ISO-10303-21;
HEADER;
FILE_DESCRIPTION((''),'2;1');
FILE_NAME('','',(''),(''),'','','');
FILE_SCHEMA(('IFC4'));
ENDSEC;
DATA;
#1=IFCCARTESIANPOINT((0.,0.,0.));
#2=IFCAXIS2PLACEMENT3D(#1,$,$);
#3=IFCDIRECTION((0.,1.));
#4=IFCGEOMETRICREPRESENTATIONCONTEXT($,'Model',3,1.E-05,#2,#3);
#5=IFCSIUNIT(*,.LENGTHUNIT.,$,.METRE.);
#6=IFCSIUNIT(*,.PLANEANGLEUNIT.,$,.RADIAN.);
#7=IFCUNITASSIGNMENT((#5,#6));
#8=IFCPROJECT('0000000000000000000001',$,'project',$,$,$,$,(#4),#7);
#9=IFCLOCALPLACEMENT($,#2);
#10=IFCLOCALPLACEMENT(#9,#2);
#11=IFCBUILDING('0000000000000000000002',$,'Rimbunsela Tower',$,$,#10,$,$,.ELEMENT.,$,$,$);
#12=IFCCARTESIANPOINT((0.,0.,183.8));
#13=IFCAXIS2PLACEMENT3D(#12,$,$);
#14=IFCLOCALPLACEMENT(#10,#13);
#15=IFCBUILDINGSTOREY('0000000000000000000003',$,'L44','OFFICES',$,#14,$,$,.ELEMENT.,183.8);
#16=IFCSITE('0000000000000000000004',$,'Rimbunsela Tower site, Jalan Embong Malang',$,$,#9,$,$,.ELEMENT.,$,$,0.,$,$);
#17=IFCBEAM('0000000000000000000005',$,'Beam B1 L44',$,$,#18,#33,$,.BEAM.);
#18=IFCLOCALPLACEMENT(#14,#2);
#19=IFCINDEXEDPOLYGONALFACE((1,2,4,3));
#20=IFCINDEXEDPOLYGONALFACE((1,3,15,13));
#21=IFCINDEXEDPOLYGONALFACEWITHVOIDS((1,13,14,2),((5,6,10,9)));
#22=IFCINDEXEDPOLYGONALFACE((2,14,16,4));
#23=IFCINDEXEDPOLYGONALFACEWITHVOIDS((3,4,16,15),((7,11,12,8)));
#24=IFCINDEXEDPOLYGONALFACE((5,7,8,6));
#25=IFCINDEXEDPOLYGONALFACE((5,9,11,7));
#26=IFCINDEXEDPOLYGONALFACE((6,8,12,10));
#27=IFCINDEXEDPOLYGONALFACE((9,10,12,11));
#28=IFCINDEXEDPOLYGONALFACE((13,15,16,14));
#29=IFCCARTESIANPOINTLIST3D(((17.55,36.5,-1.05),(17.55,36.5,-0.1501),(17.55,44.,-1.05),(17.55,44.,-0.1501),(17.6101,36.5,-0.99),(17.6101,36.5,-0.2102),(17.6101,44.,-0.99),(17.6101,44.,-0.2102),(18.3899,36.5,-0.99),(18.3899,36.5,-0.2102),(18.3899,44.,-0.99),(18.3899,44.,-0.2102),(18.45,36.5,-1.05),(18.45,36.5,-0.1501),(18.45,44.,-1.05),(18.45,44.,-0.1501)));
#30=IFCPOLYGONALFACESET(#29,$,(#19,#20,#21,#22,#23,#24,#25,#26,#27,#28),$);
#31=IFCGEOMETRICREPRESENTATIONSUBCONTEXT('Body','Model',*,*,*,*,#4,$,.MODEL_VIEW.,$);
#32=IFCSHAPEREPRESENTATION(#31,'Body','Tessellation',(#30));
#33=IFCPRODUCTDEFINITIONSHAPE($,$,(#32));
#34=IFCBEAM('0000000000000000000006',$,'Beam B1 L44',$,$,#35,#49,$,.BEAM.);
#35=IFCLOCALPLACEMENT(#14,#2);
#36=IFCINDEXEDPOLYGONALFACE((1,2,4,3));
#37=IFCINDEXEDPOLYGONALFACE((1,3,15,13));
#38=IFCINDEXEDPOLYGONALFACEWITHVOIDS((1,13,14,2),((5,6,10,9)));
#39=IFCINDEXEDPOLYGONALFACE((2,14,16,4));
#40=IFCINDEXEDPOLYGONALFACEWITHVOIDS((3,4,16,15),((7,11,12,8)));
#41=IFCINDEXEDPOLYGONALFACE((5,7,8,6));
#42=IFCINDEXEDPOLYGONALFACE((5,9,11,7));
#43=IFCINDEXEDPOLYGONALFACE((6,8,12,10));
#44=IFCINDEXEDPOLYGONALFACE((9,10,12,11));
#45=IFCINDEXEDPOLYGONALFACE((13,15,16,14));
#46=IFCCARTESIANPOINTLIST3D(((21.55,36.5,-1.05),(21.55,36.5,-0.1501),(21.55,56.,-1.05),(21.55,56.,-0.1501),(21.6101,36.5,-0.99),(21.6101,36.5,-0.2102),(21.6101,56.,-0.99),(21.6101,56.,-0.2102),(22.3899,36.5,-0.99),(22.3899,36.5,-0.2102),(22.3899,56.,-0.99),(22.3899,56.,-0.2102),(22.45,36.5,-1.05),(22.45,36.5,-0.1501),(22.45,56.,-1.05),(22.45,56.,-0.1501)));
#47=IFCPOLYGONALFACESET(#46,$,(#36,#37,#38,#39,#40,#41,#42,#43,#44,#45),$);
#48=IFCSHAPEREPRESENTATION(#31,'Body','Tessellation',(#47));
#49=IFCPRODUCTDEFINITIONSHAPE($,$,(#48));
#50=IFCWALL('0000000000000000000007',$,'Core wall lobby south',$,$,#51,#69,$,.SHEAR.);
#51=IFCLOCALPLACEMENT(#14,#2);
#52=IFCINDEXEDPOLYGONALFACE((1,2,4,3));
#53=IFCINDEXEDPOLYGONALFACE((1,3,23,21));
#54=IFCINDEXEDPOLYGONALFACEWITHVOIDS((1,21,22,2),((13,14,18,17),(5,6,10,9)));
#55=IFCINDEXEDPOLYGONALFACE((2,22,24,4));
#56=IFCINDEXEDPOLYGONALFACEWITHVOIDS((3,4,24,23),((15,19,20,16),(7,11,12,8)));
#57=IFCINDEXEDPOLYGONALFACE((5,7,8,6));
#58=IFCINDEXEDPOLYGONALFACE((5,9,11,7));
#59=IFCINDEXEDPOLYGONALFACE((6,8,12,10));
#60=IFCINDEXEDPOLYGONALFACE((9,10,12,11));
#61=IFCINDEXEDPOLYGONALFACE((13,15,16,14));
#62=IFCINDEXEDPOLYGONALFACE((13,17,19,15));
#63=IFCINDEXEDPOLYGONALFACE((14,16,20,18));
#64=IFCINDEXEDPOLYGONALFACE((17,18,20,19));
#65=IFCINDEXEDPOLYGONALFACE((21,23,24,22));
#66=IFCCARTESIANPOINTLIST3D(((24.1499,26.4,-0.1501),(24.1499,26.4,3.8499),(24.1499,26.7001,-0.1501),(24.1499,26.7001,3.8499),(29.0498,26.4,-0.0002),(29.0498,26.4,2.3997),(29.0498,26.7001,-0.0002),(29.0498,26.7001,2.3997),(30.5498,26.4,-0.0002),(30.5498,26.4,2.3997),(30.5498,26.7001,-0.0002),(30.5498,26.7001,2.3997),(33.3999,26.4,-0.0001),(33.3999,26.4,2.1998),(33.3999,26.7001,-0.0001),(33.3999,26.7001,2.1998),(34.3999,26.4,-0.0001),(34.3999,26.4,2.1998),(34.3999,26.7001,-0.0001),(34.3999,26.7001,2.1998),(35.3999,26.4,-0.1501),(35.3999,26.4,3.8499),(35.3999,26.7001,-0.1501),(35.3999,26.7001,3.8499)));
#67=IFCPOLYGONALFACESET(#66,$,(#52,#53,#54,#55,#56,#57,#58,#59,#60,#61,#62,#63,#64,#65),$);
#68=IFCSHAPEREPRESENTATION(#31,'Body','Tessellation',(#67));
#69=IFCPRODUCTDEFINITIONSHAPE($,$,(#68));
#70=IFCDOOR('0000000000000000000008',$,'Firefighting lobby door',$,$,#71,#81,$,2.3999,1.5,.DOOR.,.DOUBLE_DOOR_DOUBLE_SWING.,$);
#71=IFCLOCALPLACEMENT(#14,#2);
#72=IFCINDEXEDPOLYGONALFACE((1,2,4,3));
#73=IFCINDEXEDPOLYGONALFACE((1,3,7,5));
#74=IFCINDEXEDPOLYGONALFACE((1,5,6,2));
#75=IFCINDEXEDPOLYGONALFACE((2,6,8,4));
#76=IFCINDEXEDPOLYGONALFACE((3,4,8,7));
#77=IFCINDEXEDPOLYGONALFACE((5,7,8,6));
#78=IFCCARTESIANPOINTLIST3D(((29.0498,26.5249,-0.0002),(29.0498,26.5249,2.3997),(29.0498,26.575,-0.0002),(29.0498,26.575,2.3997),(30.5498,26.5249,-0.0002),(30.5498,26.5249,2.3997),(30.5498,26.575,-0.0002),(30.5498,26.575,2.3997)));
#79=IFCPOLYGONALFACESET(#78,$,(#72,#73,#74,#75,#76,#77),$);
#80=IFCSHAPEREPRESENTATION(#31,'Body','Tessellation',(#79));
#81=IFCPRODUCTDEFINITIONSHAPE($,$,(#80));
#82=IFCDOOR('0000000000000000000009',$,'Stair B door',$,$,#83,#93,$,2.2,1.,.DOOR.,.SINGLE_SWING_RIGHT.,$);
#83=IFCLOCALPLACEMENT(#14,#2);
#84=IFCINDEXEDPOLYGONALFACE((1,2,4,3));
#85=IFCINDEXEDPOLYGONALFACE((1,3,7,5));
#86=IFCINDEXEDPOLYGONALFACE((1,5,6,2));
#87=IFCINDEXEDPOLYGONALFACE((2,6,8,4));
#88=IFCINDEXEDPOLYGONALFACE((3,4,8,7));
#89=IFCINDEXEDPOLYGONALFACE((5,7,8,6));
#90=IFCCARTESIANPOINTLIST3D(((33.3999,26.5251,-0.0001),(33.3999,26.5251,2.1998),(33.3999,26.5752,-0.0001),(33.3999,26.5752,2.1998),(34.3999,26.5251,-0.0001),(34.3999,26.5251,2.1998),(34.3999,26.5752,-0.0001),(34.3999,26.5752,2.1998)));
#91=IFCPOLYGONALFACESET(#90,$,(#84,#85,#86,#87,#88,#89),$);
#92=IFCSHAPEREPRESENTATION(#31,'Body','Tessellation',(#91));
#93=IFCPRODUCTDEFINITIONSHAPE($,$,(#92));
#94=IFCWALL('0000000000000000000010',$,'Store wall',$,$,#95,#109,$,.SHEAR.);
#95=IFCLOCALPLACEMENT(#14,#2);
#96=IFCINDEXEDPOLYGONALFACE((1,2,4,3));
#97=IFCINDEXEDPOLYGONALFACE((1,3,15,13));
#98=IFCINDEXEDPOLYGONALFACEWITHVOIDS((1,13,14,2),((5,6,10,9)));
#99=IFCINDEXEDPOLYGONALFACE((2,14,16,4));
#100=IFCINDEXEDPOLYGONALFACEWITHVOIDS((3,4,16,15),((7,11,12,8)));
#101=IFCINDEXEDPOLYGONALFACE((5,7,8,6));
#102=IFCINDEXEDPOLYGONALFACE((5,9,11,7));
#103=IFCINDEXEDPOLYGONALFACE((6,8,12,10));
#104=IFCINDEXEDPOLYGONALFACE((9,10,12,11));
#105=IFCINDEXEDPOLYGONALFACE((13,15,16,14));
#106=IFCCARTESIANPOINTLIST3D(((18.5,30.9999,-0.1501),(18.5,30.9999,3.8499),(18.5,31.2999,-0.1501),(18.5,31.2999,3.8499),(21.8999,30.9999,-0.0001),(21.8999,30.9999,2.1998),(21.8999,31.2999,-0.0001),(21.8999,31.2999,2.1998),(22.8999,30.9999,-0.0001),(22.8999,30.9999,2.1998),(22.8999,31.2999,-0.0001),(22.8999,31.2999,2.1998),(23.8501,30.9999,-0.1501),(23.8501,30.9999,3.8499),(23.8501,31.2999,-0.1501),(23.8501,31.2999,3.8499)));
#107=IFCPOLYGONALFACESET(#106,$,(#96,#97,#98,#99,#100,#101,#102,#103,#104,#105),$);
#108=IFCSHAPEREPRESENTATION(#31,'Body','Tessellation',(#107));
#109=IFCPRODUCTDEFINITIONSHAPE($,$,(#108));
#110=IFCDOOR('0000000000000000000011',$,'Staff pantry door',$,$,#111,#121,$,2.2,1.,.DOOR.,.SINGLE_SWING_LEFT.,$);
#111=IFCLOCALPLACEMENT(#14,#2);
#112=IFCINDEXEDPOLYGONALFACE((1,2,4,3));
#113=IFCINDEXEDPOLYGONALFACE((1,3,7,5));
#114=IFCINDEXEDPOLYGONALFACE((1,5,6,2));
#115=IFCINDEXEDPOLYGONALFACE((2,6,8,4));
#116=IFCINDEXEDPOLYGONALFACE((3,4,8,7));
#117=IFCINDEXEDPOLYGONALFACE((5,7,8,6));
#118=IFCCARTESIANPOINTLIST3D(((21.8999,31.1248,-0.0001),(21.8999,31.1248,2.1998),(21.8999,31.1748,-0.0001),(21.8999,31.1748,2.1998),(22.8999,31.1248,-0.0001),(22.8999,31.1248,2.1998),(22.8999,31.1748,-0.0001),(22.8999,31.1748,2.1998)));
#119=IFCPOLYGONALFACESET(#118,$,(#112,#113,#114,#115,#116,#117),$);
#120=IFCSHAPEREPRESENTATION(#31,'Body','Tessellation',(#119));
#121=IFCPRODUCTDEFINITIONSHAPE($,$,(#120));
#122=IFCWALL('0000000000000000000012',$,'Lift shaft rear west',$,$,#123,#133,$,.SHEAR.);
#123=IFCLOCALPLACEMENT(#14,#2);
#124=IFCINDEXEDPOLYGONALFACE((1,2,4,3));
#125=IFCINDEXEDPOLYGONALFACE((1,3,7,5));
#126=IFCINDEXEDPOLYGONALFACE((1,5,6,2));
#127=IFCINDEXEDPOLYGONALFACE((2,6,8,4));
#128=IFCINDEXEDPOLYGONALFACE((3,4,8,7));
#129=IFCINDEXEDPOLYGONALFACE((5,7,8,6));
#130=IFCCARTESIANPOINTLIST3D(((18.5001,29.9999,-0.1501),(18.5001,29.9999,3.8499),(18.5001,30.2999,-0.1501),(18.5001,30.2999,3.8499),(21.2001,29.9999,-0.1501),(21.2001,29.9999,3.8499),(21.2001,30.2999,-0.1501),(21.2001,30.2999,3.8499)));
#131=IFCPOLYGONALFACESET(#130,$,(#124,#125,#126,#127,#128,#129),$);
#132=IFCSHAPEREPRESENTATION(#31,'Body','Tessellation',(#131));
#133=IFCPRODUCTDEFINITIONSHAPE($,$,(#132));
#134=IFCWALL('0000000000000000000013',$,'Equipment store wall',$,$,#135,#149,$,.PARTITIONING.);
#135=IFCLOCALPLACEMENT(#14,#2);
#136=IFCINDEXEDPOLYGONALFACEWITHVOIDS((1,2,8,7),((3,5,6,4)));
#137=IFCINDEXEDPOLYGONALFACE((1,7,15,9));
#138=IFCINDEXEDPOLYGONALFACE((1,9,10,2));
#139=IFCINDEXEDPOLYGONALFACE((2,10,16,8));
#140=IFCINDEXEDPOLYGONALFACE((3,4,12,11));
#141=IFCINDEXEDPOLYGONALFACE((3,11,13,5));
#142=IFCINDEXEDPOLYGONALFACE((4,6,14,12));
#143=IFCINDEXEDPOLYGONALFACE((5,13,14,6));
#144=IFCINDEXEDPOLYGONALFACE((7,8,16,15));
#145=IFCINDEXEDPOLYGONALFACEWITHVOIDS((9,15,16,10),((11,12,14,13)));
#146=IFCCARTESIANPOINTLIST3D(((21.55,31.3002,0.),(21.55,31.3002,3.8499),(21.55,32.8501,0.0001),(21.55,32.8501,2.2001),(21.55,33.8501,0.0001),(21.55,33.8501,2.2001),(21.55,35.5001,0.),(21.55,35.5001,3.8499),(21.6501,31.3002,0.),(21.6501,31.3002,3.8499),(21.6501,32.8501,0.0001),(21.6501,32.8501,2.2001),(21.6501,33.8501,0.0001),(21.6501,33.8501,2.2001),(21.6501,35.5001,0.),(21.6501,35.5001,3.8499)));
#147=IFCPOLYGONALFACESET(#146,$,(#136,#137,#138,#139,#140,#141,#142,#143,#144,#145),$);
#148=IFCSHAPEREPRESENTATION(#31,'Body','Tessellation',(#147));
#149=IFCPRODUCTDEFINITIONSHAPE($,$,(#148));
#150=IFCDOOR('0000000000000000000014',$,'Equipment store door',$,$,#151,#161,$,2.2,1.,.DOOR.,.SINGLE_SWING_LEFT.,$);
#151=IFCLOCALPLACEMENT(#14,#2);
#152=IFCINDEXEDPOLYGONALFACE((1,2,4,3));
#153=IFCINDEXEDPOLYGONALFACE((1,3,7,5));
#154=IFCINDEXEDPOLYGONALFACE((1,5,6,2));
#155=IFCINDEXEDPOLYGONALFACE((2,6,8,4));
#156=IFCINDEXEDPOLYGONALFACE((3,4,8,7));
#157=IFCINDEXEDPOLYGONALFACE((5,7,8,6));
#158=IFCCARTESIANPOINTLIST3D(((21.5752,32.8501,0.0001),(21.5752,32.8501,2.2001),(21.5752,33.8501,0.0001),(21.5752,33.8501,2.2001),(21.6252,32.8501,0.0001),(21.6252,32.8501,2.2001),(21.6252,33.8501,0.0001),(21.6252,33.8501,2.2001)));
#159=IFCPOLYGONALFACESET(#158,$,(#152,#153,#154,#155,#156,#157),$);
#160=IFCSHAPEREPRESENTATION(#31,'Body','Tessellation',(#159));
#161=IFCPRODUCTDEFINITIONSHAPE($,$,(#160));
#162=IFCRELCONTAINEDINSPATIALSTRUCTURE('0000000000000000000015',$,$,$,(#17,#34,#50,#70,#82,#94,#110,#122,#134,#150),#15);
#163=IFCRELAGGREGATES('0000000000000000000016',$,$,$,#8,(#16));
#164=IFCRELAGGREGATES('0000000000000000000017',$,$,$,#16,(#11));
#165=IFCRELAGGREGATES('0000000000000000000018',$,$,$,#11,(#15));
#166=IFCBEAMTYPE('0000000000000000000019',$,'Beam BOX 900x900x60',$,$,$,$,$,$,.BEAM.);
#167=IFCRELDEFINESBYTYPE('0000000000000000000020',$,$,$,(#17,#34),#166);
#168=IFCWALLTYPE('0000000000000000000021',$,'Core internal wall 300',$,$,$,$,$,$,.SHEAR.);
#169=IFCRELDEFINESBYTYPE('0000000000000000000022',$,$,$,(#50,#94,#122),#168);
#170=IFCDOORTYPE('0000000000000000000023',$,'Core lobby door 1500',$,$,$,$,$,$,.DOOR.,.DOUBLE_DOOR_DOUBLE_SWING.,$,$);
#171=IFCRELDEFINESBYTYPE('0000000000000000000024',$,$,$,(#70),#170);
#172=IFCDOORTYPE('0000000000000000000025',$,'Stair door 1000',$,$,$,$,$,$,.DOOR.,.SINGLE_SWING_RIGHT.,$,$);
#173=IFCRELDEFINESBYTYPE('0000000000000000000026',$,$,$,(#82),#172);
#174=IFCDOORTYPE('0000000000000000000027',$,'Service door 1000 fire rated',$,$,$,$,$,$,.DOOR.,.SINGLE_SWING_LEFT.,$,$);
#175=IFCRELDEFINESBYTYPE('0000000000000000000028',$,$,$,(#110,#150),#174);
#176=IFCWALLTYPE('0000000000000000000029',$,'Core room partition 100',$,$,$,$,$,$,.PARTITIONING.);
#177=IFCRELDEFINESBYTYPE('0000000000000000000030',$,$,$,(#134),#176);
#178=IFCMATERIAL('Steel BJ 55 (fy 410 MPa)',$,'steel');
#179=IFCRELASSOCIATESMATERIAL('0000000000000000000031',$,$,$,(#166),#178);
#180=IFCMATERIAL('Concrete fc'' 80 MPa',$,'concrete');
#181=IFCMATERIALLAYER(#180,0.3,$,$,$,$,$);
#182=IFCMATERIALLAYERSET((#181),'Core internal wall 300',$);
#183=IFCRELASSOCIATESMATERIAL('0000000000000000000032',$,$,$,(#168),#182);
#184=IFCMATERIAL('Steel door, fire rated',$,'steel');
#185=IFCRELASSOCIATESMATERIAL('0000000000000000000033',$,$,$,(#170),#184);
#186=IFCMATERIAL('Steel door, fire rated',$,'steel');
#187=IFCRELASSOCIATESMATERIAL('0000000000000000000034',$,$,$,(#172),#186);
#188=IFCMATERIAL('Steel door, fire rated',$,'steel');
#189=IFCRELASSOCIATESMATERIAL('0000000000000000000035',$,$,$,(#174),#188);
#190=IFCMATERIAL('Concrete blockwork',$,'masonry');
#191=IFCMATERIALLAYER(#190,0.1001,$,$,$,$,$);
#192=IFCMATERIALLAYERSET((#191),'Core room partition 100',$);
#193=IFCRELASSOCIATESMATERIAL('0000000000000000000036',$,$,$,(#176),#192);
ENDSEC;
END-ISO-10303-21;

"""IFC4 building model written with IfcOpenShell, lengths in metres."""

from ifc_helpers import new_model, si_unit, direction, frame, frame_2d, origin, origin_2d, place, context, subcontext, project, spatial, rectangle, hollow_rectangle, extrude, material, layer, layer_set, material_profile, profile_set, type_object, element, fill, save


model = new_model("IFC4")

# Units and contexts
model_context = context("Model", 3, precision=1e-05, world=origin(), true_north=direction((0.0, 1.0)))
body_context = subcontext(model_context, "Body", "Model", "MODEL_VIEW")
ifc_project = project(units=[si_unit("LENGTHUNIT", "METRE"), si_unit("PLANEANGLEUNIT", "RADIAN")], contexts=[model_context])

# Site, building, storey
site_placement = place(None, origin())
site = spatial("IfcSite", under=ifc_project, at=site_placement, Name="Rimbunsela Tower site, Jalan Embong Malang", CompositionType="ELEMENT", RefElevation=0.0)
building_placement = place(site_placement, origin())
building = spatial("IfcBuilding", under=site, at=building_placement, Name="Rimbunsela Tower", CompositionType="ELEMENT")
storey_placement = place(building_placement, frame((0.0, 0.0, 183.8)))
storey = spatial("IfcBuildingStorey", under=building, at=storey_placement, Name="L44", Description="OFFICES", CompositionType="ELEMENT", Elevation=183.8)

# Beams
ifc_material_1 = material(Name="Steel BJ 55 (fy 410 MPa)", Category="steel")
ifc_material_profile = material_profile(ifc_material_1, hollow_rectangle(XDim=0.8999, YDim=0.8999, WallThickness=0.0601, at=origin_2d()), Name="BOX 900x900x60")
ifc_profile_set = profile_set([ifc_material_profile], Name="Steel BJ 55 (fy 410 MPa)")
beam_type = type_object("IfcBeamType", Name="Beam BOX 900x900x60", PredefinedType="BEAM", material=ifc_profile_set)
beam_1_placement = place(storey_placement, frame((18.0, 36.5, -0.6001), z_axis=(0.0, 1.0, 0.0), x_axis=(-1.0, 0.0, 0.0)))
element("IfcBeam", 1, at=beam_1_placement, inside=storey, type_object=beam_type, Name="Beam B1 L44", PredefinedType="BEAM", context=body_context, shape_type="SweptSolid", body=[
    extrude(hollow_rectangle(XDim=0.8999, YDim=0.8999, WallThickness=0.0601, at=origin_2d()), origin(), (0.0, 0.0, 1.0), 7.5),
])
beam_2_placement = place(storey_placement, frame((22.0, 36.5, -0.6001), z_axis=(0.0, 1.0, 0.0), x_axis=(-1.0, 0.0, 0.0)))
element("IfcBeam", 2, at=beam_2_placement, inside=storey, type_object=beam_type, Name="Beam B1 L44", PredefinedType="BEAM", context=body_context, shape_type="SweptSolid", body=[
    extrude(hollow_rectangle(XDim=0.8999, YDim=0.8999, WallThickness=0.0601, at=origin_2d()), origin(), (0.0, 0.0, 1.0), 19.5),
])

# Wall, openings, doors
ifc_material_2 = material(Name="Concrete fc' 80 MPa", Category="concrete")
ifc_layer_1 = layer(ifc_material_2, 0.3)
ifc_layer_set_1 = layer_set([ifc_layer_1], Name="Core internal wall 300")
wall_type_1 = type_object("IfcWallType", Name="Core internal wall 300", PredefinedType="SHEAR", material=ifc_layer_set_1)
wall_1_placement = place(storey_placement, frame((24.1499, 26.55, -0.1501), z_axis=(0.0, 0.0, 1.0), x_axis=(1.0, 0.0, 0.0)))
wall_1 = element("IfcWall", 3, at=wall_1_placement, inside=storey, type_object=wall_type_1, Name="Core wall lobby south", PredefinedType="SHEAR", context=body_context, shape_type="SweptSolid", body=[
    extrude(rectangle(XDim=11.25, YDim=0.3, at=frame_2d((5.625, 0.0))), origin(), (0.0, 0.0, 1.0), 4.0),
])
opening_1_placement = place(wall_1_placement, frame((9.25, 0.0, 0.1499)))
opening_1 = element("IfcOpeningElement", 4, at=opening_1_placement, cuts=wall_1, PredefinedType="OPENING", context=body_context, shape_type="SweptSolid", body=[
    extrude(rectangle(XDim=1.0, YDim=2.2, at=frame_2d((0.5, 1.1001))), frame((0.0, 0.1599, 0.0), z_axis=(0.0, -1.0, 0.0), x_axis=(1.0, 0.0, 0.0)), (0.0, 0.0, 1.0), 0.3201),
])
opening_2_placement = place(wall_1_placement, frame((4.8999, 0.0, 0.1499)))
opening_2 = element("IfcOpeningElement", 5, at=opening_2_placement, cuts=wall_1, PredefinedType="OPENING", context=body_context, shape_type="SweptSolid", body=[
    extrude(rectangle(XDim=1.5, YDim=2.3999, at=frame_2d((0.75, 1.2))), frame((0.0, 0.1599, 0.0), z_axis=(0.0, -1.0, 0.0), x_axis=(1.0, 0.0, 0.0)), (0.0, 0.0, 1.0), 0.3201),
])
ifc_material_3 = material(Name="Steel door, fire rated", Category="steel")
door_type_1 = type_object("IfcDoorType", Name="Core lobby door 1500", OperationType="DOUBLE_DOOR_DOUBLE_SWING", PredefinedType="DOOR", material=ifc_material_3)
door_1_placement = place(opening_2_placement, origin())
door_1 = element("IfcDoor", 6, at=door_1_placement, inside=storey, type_object=door_type_1, Name="Firefighting lobby door", OperationType="DOUBLE_DOOR_DOUBLE_SWING", OverallHeight=2.3999, OverallWidth=1.5, PredefinedType="DOOR", context=body_context, shape_type="SweptSolid", body=[
    extrude(rectangle(XDim=1.5, YDim=2.3999, at=frame_2d((0.75, 1.2))), frame((0.0, 0.0249, 0.0), z_axis=(0.0, -1.0, 0.0), x_axis=(1.0, 0.0, 0.0)), (0.0, 0.0, 1.0), 0.05),
])
fill(opening_2, door_1)
ifc_material_4 = material(Name="Steel door, fire rated", Category="steel")
door_type_2 = type_object("IfcDoorType", Name="Stair door 1000", OperationType="SINGLE_SWING_RIGHT", PredefinedType="DOOR", material=ifc_material_4)
door_2_placement = place(opening_1_placement, frame((1.0, 0.0, 0.0), z_axis=(0.0, 0.0, 1.0), x_axis=(-1.0, 0.0, 0.0)))
door_2 = element("IfcDoor", 7, at=door_2_placement, inside=storey, type_object=door_type_2, Name="Stair B door", OperationType="SINGLE_SWING_RIGHT", OverallHeight=2.2, OverallWidth=1.0, PredefinedType="DOOR", context=body_context, shape_type="SweptSolid", body=[
    extrude(rectangle(XDim=1.0, YDim=2.2, at=frame_2d((0.5, 1.1001))), frame((0.0, 0.0249, 0.0), z_axis=(0.0, -1.0, 0.0), x_axis=(1.0, 0.0, 0.0)), (0.0, 0.0, 1.0), 0.05),
])
fill(opening_1, door_2)

# Wall, opening, door
wall_2_placement = place(storey_placement, frame((18.5, 31.1499, -0.1501), z_axis=(0.0, 0.0, 1.0), x_axis=(1.0, 0.0, 0.0)))
wall_2 = element("IfcWall", 8, at=wall_2_placement, inside=storey, type_object=wall_type_1, Name="Store wall", PredefinedType="SHEAR", context=body_context, shape_type="SweptSolid", body=[
    extrude(rectangle(XDim=5.3501, YDim=0.3, at=frame_2d((2.675, 0.0))), origin(), (0.0, 0.0, 1.0), 4.0),
])
opening_3_placement = place(wall_2_placement, frame((3.3999, 0.0, 0.1499)))
opening_3 = element("IfcOpeningElement", 9, at=opening_3_placement, cuts=wall_2, PredefinedType="OPENING", context=body_context, shape_type="SweptSolid", body=[
    extrude(rectangle(XDim=1.0, YDim=2.2, at=frame_2d((0.5, 1.1001))), frame((0.0, 0.1599, 0.0), z_axis=(0.0, -1.0, 0.0), x_axis=(1.0, 0.0, 0.0)), (0.0, 0.0, 1.0), 0.3201),
])
ifc_material_5 = material(Name="Steel door, fire rated", Category="steel")
door_type_3 = type_object("IfcDoorType", Name="Service door 1000 fire rated", OperationType="SINGLE_SWING_LEFT", PredefinedType="DOOR", material=ifc_material_5)
door_3_placement = place(opening_3_placement, origin())
door_3 = element("IfcDoor", 10, at=door_3_placement, inside=storey, type_object=door_type_3, Name="Staff pantry door", OperationType="SINGLE_SWING_LEFT", OverallHeight=2.2, OverallWidth=1.0, PredefinedType="DOOR", context=body_context, shape_type="SweptSolid", body=[
    extrude(rectangle(XDim=1.0, YDim=2.2, at=frame_2d((0.5, 1.1001))), frame((0.0, 0.0249, 0.0), z_axis=(0.0, -1.0, 0.0), x_axis=(1.0, 0.0, 0.0)), (0.0, 0.0, 1.0), 0.05),
])
fill(opening_3, door_3)

# Wall
wall_3_placement = place(storey_placement, frame((18.5, 30.1499, -0.1501), z_axis=(0.0, 0.0, 1.0), x_axis=(1.0, 0.0, 0.0)))
element("IfcWall", 11, at=wall_3_placement, inside=storey, type_object=wall_type_1, Name="Lift shaft rear west", PredefinedType="SHEAR", context=body_context, shape_type="SweptSolid", body=[
    extrude(rectangle(XDim=2.7, YDim=0.3, at=frame_2d((1.3501, 0.0))), origin(), (0.0, 0.0, 1.0), 4.0),
])

# Wall, opening, door
ifc_material_6 = material(Name="Concrete blockwork", Category="masonry")
ifc_layer_2 = layer(ifc_material_6, 0.1001)
ifc_layer_set_2 = layer_set([ifc_layer_2], Name="Core room partition 100")
wall_type_2 = type_object("IfcWallType", Name="Core room partition 100", PredefinedType="PARTITIONING", material=ifc_layer_set_2)
wall_4_placement = place(storey_placement, frame((21.6001, 31.3, 0.0), z_axis=(0.0, 0.0, 1.0), x_axis=(0.0, 1.0, 0.0)))
wall_4 = element("IfcWall", 12, at=wall_4_placement, inside=storey, type_object=wall_type_2, Name="Equipment store wall", PredefinedType="PARTITIONING", context=body_context, shape_type="SweptSolid", body=[
    extrude(rectangle(XDim=4.2, YDim=0.1001, at=frame_2d((2.1001, 0.0))), origin(), (0.0, 0.0, 1.0), 3.8499),
])
opening_4_placement = place(wall_4_placement, frame((1.55, 0.0, 0.0)))
opening_4 = element("IfcOpeningElement", 13, at=opening_4_placement, cuts=wall_4, PredefinedType="OPENING", context=body_context, shape_type="SweptSolid", body=[
    extrude(rectangle(XDim=1.0, YDim=2.2, at=frame_2d((0.5, 1.1001))), frame((0.0, 0.0601, 0.0), z_axis=(0.0, -1.0, 0.0), x_axis=(1.0, 0.0, 0.0)), (0.0, 0.0, 1.0), 0.1201),
])
door_4_placement = place(opening_4_placement, origin())
door_4 = element("IfcDoor", 14, at=door_4_placement, inside=storey, type_object=door_type_3, Name="Equipment store door", OperationType="SINGLE_SWING_LEFT", OverallHeight=2.2, OverallWidth=1.0, PredefinedType="DOOR", context=body_context, shape_type="SweptSolid", body=[
    extrude(rectangle(XDim=1.0, YDim=2.2, at=frame_2d((0.5, 1.1001))), frame((0.0, 0.0249, 0.0), z_axis=(0.0, -1.0, 0.0), x_axis=(1.0, 0.0, 0.0)), (0.0, 0.0, 1.0), 0.05),
])
fill(opening_4, door_4)

save(model, "model.ifc")
